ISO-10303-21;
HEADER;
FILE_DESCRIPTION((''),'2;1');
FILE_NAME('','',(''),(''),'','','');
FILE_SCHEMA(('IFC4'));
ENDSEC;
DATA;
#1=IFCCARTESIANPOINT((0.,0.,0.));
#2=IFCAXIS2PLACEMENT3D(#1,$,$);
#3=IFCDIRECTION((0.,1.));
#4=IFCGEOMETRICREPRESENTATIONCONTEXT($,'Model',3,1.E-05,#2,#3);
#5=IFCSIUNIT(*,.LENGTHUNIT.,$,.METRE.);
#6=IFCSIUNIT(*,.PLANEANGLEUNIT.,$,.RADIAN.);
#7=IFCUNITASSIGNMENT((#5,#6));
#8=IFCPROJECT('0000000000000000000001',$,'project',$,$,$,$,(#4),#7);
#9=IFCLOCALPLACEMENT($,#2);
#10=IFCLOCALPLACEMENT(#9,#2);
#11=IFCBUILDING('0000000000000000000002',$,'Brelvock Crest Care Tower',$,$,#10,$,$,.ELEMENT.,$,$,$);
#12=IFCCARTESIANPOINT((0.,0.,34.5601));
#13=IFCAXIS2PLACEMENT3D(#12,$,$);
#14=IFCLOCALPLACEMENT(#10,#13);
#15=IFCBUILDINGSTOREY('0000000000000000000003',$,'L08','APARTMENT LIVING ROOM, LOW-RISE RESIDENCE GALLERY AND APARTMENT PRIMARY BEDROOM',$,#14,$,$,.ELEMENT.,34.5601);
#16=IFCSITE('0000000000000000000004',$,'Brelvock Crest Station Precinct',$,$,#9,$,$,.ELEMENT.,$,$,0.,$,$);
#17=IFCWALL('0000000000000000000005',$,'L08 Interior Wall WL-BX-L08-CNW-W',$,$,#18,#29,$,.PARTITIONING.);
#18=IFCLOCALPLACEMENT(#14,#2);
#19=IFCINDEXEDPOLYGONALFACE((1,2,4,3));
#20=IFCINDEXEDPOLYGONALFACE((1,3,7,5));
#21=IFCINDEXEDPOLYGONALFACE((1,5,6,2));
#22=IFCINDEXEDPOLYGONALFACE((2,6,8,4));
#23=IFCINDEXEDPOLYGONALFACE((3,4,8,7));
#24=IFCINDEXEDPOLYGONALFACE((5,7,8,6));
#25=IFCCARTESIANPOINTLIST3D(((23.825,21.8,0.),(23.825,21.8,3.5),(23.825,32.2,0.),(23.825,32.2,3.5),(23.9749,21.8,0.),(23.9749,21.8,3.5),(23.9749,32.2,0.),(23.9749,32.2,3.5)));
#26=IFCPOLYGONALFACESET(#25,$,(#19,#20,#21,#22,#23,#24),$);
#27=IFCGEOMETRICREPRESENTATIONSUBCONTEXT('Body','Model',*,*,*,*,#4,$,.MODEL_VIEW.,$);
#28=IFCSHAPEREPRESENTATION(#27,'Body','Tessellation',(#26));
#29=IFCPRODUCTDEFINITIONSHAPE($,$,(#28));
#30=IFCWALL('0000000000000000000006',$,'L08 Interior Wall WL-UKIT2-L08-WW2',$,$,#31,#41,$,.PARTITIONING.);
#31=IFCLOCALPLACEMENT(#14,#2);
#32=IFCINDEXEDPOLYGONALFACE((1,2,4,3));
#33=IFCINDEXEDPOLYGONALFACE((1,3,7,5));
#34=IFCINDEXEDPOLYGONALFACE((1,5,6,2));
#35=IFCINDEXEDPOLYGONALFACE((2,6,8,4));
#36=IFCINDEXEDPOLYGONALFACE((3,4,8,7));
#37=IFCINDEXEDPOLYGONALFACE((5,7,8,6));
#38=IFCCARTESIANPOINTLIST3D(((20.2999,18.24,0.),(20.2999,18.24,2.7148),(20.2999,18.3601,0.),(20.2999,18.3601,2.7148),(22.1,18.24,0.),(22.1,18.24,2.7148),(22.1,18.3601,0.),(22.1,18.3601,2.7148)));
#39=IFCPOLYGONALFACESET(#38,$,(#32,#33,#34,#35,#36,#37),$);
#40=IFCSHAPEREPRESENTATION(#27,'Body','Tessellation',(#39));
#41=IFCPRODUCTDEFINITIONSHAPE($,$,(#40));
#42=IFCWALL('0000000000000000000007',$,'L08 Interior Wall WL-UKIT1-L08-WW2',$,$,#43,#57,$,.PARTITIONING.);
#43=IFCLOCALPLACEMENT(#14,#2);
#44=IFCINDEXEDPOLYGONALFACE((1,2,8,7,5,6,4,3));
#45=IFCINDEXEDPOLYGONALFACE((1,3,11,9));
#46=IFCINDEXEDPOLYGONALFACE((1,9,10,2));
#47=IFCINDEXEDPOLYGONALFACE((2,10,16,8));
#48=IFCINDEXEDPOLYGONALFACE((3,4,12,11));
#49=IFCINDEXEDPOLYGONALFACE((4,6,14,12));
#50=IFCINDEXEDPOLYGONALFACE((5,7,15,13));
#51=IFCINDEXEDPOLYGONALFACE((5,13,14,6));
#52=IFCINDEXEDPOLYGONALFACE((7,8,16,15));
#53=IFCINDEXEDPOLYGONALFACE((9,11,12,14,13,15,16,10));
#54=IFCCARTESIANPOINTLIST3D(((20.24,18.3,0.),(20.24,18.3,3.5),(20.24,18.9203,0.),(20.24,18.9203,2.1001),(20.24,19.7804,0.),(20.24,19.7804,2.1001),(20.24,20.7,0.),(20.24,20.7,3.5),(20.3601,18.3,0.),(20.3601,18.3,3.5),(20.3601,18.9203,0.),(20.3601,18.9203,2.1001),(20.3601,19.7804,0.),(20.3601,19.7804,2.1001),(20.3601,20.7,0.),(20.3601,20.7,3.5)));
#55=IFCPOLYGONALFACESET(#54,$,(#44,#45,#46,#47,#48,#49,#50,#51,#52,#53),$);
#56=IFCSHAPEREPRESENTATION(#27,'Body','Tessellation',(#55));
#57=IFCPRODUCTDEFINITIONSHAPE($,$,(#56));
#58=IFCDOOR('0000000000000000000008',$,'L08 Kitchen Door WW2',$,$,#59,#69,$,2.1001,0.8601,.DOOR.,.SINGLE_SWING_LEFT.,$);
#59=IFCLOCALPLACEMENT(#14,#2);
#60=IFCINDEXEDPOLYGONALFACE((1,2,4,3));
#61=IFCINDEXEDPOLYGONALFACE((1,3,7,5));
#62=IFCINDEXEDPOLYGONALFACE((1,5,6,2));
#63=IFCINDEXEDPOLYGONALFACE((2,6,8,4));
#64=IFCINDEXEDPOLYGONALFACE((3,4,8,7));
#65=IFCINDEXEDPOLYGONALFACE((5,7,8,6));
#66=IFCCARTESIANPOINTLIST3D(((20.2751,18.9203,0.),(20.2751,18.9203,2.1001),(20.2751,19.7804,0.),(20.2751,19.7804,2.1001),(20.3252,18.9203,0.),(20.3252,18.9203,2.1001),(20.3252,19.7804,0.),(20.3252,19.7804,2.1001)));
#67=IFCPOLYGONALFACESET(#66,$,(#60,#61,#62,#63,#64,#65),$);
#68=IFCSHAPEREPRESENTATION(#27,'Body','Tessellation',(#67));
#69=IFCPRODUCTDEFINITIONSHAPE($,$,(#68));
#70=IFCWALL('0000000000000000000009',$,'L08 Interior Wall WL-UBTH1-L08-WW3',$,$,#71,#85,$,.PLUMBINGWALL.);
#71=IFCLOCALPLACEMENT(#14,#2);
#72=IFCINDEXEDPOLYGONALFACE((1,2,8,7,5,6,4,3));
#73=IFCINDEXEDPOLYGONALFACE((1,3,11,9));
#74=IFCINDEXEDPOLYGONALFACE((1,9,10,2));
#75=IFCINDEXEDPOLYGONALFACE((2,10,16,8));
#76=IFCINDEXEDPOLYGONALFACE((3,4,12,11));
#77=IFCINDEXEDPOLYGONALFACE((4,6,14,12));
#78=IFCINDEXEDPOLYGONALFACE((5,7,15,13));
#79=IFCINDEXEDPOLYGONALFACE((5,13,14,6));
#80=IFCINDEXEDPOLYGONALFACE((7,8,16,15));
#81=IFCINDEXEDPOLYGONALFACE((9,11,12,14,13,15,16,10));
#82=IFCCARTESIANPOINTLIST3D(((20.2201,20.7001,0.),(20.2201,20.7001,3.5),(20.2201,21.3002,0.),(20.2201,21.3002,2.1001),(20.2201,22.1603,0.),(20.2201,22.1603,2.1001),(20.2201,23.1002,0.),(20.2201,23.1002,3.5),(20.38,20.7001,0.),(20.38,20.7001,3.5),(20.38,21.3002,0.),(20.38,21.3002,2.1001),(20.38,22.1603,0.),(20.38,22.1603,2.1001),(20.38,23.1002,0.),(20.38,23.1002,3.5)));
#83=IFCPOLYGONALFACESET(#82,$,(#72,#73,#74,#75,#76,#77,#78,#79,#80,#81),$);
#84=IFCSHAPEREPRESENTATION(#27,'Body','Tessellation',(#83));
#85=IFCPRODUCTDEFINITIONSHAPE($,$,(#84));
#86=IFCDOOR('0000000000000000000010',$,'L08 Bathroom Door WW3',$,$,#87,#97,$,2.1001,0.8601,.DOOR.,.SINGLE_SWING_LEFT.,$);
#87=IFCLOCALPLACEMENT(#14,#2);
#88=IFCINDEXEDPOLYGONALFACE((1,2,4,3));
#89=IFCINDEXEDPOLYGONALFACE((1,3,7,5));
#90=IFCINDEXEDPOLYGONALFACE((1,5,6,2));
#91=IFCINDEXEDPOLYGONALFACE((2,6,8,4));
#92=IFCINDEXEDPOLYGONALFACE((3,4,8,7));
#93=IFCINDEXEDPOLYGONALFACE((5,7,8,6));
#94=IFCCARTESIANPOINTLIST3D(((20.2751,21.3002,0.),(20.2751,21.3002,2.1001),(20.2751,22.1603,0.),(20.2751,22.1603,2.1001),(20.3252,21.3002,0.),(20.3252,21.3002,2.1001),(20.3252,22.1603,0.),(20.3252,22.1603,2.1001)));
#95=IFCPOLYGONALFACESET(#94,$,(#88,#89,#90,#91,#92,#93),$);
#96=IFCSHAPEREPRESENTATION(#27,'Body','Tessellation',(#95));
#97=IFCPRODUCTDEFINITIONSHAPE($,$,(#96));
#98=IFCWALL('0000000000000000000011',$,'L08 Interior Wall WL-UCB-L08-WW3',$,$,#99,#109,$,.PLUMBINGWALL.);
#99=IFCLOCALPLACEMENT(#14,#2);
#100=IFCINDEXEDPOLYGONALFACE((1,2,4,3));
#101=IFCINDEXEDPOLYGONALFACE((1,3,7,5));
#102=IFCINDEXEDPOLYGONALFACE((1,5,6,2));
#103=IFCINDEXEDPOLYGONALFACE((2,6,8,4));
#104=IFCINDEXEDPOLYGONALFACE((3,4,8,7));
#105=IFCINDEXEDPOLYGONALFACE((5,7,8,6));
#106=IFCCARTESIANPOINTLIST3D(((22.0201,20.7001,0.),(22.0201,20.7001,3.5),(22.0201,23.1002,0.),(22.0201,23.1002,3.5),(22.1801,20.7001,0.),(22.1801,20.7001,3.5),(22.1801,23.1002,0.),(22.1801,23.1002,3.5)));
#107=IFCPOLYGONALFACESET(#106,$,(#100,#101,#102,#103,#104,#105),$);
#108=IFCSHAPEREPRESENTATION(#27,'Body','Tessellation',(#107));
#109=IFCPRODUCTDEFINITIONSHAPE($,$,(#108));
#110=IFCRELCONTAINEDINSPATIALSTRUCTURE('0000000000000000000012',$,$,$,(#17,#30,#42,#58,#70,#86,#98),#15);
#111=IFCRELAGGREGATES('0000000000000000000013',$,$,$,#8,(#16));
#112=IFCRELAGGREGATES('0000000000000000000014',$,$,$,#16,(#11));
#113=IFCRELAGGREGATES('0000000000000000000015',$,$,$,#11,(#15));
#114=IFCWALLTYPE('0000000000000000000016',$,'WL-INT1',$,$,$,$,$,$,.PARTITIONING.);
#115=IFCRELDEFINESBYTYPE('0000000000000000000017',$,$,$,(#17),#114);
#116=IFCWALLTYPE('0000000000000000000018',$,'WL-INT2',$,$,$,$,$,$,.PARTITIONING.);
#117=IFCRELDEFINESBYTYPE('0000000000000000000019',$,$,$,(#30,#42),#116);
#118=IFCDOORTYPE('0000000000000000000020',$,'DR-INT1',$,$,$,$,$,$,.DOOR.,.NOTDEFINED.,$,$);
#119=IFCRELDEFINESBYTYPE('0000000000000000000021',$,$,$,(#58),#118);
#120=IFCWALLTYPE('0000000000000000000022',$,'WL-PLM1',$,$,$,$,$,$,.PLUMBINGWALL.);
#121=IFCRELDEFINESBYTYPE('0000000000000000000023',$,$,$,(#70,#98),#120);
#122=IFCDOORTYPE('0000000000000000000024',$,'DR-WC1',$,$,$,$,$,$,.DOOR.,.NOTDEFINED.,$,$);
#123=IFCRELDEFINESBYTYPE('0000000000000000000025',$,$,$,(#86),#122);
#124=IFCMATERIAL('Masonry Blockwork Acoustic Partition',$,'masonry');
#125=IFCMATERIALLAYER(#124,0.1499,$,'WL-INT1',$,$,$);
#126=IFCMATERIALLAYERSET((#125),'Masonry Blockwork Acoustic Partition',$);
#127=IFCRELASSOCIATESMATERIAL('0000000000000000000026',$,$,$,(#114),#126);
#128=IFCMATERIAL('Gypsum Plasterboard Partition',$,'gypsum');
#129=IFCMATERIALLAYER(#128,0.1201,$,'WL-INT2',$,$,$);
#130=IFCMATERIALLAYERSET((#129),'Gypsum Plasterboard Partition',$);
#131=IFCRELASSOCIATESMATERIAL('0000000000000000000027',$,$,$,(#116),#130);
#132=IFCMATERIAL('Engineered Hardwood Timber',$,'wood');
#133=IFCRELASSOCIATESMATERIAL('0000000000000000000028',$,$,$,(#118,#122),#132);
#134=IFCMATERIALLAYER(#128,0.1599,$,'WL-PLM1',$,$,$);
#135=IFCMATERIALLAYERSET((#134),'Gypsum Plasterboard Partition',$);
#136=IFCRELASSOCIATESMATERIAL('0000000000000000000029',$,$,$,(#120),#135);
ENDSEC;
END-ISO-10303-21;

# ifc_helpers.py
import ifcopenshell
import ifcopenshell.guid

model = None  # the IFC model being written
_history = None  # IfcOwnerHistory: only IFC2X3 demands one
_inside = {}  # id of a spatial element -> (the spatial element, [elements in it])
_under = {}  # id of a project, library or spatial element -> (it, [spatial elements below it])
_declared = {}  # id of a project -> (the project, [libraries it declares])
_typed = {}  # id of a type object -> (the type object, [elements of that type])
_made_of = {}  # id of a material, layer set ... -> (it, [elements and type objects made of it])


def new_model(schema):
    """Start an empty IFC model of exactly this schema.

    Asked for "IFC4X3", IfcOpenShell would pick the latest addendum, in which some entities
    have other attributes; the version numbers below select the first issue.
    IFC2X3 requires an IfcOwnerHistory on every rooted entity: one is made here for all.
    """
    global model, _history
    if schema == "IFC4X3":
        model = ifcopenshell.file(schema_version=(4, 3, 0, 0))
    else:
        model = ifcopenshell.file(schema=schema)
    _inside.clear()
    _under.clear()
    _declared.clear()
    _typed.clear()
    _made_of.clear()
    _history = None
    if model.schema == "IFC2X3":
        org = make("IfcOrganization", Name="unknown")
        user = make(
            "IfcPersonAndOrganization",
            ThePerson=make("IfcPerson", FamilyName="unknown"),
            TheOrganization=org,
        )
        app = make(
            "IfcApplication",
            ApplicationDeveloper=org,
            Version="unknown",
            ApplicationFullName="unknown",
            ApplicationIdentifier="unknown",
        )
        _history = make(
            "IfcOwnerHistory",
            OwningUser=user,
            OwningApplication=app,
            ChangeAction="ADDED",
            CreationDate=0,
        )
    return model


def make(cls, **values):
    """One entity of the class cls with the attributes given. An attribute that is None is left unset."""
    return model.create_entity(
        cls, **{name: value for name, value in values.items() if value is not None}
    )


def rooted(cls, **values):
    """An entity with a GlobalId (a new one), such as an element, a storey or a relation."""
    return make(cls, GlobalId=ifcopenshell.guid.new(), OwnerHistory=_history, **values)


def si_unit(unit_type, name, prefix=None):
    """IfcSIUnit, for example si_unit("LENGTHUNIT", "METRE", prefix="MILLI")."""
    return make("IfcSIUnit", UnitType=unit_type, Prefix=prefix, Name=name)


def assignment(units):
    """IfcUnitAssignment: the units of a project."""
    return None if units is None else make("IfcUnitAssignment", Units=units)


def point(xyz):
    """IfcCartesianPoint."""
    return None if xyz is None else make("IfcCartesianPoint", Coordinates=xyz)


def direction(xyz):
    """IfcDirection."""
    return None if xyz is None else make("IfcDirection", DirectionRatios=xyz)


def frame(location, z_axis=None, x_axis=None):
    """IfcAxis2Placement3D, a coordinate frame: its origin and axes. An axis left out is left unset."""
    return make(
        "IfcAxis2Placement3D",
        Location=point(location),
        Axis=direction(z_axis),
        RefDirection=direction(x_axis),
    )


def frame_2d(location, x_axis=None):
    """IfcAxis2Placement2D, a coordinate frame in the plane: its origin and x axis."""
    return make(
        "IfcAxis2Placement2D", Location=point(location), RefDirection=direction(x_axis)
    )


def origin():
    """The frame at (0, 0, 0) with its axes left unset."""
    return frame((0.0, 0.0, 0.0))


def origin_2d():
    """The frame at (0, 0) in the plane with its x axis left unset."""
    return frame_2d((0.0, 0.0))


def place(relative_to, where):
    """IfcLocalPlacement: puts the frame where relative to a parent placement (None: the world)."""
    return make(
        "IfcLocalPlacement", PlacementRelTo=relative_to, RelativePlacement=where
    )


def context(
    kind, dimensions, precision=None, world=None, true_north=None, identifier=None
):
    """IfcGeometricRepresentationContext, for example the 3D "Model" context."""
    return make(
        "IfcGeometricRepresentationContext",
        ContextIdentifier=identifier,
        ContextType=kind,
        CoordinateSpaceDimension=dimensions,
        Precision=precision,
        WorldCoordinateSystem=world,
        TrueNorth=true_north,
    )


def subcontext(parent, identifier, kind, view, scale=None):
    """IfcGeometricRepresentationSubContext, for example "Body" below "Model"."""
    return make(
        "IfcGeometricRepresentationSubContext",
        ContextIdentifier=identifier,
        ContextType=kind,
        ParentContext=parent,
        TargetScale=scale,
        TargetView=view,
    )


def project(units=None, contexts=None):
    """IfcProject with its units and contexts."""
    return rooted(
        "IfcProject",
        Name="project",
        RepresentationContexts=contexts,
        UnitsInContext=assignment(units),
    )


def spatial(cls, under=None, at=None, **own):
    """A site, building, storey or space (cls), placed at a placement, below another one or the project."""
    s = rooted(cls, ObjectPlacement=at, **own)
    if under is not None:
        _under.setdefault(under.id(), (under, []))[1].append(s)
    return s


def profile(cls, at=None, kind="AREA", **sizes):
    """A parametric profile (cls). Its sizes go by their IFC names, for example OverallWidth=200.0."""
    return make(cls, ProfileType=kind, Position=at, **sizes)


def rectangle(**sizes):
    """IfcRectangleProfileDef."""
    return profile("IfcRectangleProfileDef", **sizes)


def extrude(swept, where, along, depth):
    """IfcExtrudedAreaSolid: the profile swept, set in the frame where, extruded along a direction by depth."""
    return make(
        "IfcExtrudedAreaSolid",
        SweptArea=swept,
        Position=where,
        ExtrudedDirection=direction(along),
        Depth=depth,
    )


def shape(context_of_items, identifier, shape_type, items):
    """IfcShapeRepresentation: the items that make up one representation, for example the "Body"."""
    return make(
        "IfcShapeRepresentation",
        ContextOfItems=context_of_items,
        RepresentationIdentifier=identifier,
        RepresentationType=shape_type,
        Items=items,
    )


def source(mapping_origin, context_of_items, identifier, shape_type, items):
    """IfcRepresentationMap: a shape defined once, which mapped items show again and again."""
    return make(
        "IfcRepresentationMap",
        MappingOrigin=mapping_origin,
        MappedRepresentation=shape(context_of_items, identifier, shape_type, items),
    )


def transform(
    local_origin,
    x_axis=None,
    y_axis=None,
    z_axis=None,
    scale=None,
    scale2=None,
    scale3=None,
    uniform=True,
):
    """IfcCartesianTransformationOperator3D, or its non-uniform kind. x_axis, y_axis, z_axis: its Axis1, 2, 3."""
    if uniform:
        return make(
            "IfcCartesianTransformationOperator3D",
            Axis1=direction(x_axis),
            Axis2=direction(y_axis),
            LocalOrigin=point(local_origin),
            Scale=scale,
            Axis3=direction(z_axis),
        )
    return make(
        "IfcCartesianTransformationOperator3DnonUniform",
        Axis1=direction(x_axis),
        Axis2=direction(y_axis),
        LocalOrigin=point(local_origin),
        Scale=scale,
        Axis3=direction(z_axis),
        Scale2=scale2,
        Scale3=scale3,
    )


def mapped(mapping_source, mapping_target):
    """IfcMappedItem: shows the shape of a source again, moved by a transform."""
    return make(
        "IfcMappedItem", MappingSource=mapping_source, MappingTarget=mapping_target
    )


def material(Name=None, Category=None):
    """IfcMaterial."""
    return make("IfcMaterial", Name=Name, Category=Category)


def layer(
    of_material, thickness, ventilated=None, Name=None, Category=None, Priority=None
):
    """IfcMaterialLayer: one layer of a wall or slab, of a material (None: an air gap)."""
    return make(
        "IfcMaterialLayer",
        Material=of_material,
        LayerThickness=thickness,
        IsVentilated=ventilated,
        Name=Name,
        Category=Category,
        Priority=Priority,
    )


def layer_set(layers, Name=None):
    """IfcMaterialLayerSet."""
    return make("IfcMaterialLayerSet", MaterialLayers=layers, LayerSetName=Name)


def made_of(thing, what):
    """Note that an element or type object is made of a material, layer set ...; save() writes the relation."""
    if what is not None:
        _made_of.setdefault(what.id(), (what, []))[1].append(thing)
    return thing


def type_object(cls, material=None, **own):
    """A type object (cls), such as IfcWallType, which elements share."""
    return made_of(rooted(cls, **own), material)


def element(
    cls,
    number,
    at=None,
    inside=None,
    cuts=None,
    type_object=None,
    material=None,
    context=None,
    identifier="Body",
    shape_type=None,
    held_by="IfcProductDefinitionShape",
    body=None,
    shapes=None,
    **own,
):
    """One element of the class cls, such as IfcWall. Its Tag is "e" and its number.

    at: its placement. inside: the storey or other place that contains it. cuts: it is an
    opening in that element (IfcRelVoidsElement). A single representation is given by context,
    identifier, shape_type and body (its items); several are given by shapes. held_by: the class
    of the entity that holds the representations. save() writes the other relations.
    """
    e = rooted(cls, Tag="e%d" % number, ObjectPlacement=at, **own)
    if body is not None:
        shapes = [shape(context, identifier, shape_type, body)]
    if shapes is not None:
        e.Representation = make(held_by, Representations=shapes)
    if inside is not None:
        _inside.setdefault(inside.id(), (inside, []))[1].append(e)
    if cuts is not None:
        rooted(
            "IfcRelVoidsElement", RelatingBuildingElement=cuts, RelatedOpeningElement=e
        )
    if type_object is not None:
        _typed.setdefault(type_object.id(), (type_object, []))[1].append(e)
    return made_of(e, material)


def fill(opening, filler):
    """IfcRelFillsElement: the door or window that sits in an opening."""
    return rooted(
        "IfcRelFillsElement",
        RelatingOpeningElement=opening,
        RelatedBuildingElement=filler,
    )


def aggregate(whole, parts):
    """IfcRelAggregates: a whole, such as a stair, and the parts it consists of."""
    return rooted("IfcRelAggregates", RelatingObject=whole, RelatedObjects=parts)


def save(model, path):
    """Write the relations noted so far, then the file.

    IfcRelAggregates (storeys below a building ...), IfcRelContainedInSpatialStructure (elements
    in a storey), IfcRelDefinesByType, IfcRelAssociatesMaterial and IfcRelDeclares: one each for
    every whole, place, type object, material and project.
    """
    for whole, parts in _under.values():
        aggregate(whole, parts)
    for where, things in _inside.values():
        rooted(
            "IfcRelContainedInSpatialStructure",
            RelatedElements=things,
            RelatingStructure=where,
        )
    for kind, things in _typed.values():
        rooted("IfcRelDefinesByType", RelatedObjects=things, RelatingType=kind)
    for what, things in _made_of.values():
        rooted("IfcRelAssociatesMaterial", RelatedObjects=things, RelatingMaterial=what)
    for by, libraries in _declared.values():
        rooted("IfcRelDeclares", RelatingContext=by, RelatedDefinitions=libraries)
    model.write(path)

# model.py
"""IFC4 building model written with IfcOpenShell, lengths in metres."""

from ifc_helpers import new_model, si_unit, direction, frame, frame_2d, origin, origin_2d, place, context, subcontext, project, spatial, rectangle, extrude, source, transform, mapped, material, layer, layer_set, type_object, element, fill, save


model = new_model("IFC4")

# Units and contexts
model_context = context("Model", 3, precision=1e-05, world=origin(), true_north=direction((0.0, 1.0)))
body_context = subcontext(model_context, "Body", "Model", "MODEL_VIEW")
ifc_project = project(units=[si_unit("LENGTHUNIT", "METRE"), si_unit("PLANEANGLEUNIT", "RADIAN")], contexts=[model_context])

# Site, building, storey
site_placement = place(None, origin())
site = spatial("IfcSite", under=ifc_project, at=site_placement, Name="Brelvock Crest Station Precinct", CompositionType="ELEMENT", RefElevation=0.0)
building_placement = place(site_placement, origin())
building = spatial("IfcBuilding", under=site, at=building_placement, Name="Brelvock Crest Care Tower", CompositionType="ELEMENT")
storey_placement = place(building_placement, frame((0.0, 0.0, 34.5601)))
storey = spatial("IfcBuildingStorey", under=building, at=storey_placement, Name="L08", Description="APARTMENT LIVING ROOM, LOW-RISE RESIDENCE GALLERY AND APARTMENT PRIMARY BEDROOM", CompositionType="ELEMENT", Elevation=34.5601)

# Shared definitions
ifc_material_1 = material(Name="Masonry Blockwork Acoustic Partition", Category="masonry")
ifc_layer_1 = layer(ifc_material_1, 0.1499, Name="WL-INT1")
ifc_layer_set_1 = layer_set([ifc_layer_1], Name="Masonry Blockwork Acoustic Partition")
wall_type_1 = type_object("IfcWallType", Name="WL-INT1", PredefinedType="PARTITIONING", material=ifc_layer_set_1)
ifc_material_2 = material(Name="Engineered Hardwood Timber", Category="wood")

# Walls
wall_1_placement = place(storey_placement, frame((23.8999, 21.8, 0.0), z_axis=(0.0, 0.0, 1.0), x_axis=(0.0, 1.0, 0.0)))
element("IfcWall", 1, at=wall_1_placement, inside=storey, type_object=wall_type_1, Name="L08 Interior Wall WL-BX-L08-CNW-W", PredefinedType="PARTITIONING", context=body_context, shape_type="SweptSolid", body=[
    extrude(rectangle(XDim=10.3999, YDim=0.1499, at=frame_2d((5.2, 0.0))), origin(), (0.0, 0.0, 1.0), 3.5),
])
ifc_material_3 = material(Name="Gypsum Plasterboard Partition", Category="gypsum")
ifc_layer_2 = layer(ifc_material_3, 0.1201, Name="WL-INT2")
ifc_layer_set_2 = layer_set([ifc_layer_2], Name="Gypsum Plasterboard Partition")
wall_type_2 = type_object("IfcWallType", Name="WL-INT2", PredefinedType="PARTITIONING", material=ifc_layer_set_2)
wall_2_placement = place(storey_placement, frame((20.3, 18.3, 0.0), z_axis=(0.0, 0.0, 1.0), x_axis=(1.0, 0.0, 0.0)))
element("IfcWall", 2, at=wall_2_placement, inside=storey, type_object=wall_type_2, Name="L08 Interior Wall WL-UKIT2-L08-WW2", PredefinedType="PARTITIONING", context=body_context, shape_type="SweptSolid", body=[
    extrude(rectangle(XDim=1.8, YDim=0.1201, at=frame_2d((0.8999, 0.0))), origin(), (0.0, 0.0, 1.0), 2.7148),
])

# Walls, openings, doors
wall_3_placement = place(storey_placement, frame((20.3, 18.3, 0.0), z_axis=(0.0, 0.0, 1.0), x_axis=(0.0, 1.0, 0.0)))
wall_3 = element("IfcWall", 3, at=wall_3_placement, inside=storey, type_object=wall_type_2, Name="L08 Interior Wall WL-UKIT1-L08-WW2", PredefinedType="PARTITIONING", context=body_context, shape_type="SweptSolid", body=[
    extrude(rectangle(XDim=2.3999, YDim=0.1201, at=frame_2d((1.2, 0.0))), origin(), (0.0, 0.0, 1.0), 3.5),
])
opening_1_placement = place(wall_3_placement, frame((0.6201, 0.0, 0.0)))
opening_1 = element("IfcOpeningElement", 4, at=opening_1_placement, cuts=wall_3, PredefinedType="OPENING", context=body_context, shape_type="SweptSolid", body=[
    extrude(rectangle(XDim=0.8601, YDim=2.1001, at=origin_2d()), frame((0.4302, 0.0701, 1.05), z_axis=(0.0, -1.0, 0.0), x_axis=(1.0, 0.0, 0.0)), (0.0, 0.0, 1.0), 0.1401),
])
door_type_1 = type_object("IfcDoorType", Name="DR-INT1", OperationType="NOTDEFINED", PredefinedType="DOOR", material=ifc_material_2)
shared_shape_1 = source(origin(), body_context, "Body", "SweptSolid", [
    extrude(rectangle(XDim=0.8601, YDim=2.1001, at=origin_2d()), frame((0.4302, 0.0249, 1.05), z_axis=(0.0, -1.0, 0.0), x_axis=(1.0, 0.0, 0.0)), (0.0, 0.0, 1.0), 0.05),
])
door_1_placement = place(opening_1_placement, origin())
door_1 = element("IfcDoor", 5, at=door_1_placement, inside=storey, type_object=door_type_1, Name="L08 Kitchen Door WW2", OperationType="SINGLE_SWING_LEFT", OverallHeight=2.1001, OverallWidth=0.8601, PredefinedType="DOOR", context=body_context, shape_type="MappedRepresentation", body=[
    mapped(shared_shape_1, transform((0.0, 0.0, 0.0), x_axis=(1.0, 0.0, 0.0), y_axis=(0.0, 1.0, 0.0), z_axis=(0.0, 0.0, 1.0), scale=1.0)),
])
fill(opening_1, door_1)
ifc_layer_3 = layer(ifc_material_3, 0.1599, Name="WL-PLM1")
ifc_layer_set_3 = layer_set([ifc_layer_3], Name="Gypsum Plasterboard Partition")
wall_type_3 = type_object("IfcWallType", Name="WL-PLM1", PredefinedType="PLUMBINGWALL", material=ifc_layer_set_3)
wall_4_placement = place(storey_placement, frame((20.3, 20.7, 0.0), z_axis=(0.0, 0.0, 1.0), x_axis=(0.0, 1.0, 0.0)))
wall_4 = element("IfcWall", 6, at=wall_4_placement, inside=storey, type_object=wall_type_3, Name="L08 Interior Wall WL-UBTH1-L08-WW3", PredefinedType="PLUMBINGWALL", context=body_context, shape_type="SweptSolid", body=[
    extrude(rectangle(XDim=2.4001, YDim=0.1599, at=frame_2d((1.2002, 0.0))), origin(), (0.0, 0.0, 1.0), 3.5),
])
opening_2_placement = place(wall_4_placement, frame((0.6001, 0.0, 0.0)))
opening_2 = element("IfcOpeningElement", 7, at=opening_2_placement, cuts=wall_4, PredefinedType="OPENING", context=body_context, shape_type="SweptSolid", body=[
    extrude(rectangle(XDim=0.8601, YDim=2.1001, at=origin_2d()), frame((0.4302, 0.0898, 1.05), z_axis=(0.0, -1.0, 0.0), x_axis=(1.0, 0.0, 0.0)), (0.0, 0.0, 1.0), 0.1799),
])
door_type_2 = type_object("IfcDoorType", Name="DR-WC1", OperationType="NOTDEFINED", PredefinedType="DOOR", material=ifc_material_2)
shared_shape_2 = source(origin(), body_context, "Body", "SweptSolid", [
    extrude(rectangle(XDim=0.8601, YDim=2.1001, at=origin_2d()), frame((0.4302, 0.0249, 1.05), z_axis=(0.0, -1.0, 0.0), x_axis=(1.0, 0.0, 0.0)), (0.0, 0.0, 1.0), 0.05),
])
door_2_placement = place(opening_2_placement, origin())
door_2 = element("IfcDoor", 8, at=door_2_placement, inside=storey, type_object=door_type_2, Name="L08 Bathroom Door WW3", OperationType="SINGLE_SWING_LEFT", OverallHeight=2.1001, OverallWidth=0.8601, PredefinedType="DOOR", context=body_context, shape_type="MappedRepresentation", body=[
    mapped(shared_shape_2, transform((0.0, 0.0, 0.0), x_axis=(1.0, 0.0, 0.0), y_axis=(0.0, 1.0, 0.0), z_axis=(0.0, 0.0, 1.0), scale=1.0)),
])
fill(opening_2, door_2)

# Wall
wall_5_placement = place(storey_placement, frame((22.1001, 20.7, 0.0), z_axis=(0.0, 0.0, 1.0), x_axis=(0.0, 1.0, 0.0)))
element("IfcWall", 9, at=wall_5_placement, inside=storey, type_object=wall_type_3, Name="L08 Interior Wall WL-UCB-L08-WW3", PredefinedType="PLUMBINGWALL", context=body_context, shape_type="SweptSolid", body=[
    extrude(rectangle(XDim=2.4001, YDim=0.1599, at=frame_2d((1.2002, 0.0))), origin(), (0.0, 0.0, 1.0), 3.5),
])

save(model, "model.ifc")
